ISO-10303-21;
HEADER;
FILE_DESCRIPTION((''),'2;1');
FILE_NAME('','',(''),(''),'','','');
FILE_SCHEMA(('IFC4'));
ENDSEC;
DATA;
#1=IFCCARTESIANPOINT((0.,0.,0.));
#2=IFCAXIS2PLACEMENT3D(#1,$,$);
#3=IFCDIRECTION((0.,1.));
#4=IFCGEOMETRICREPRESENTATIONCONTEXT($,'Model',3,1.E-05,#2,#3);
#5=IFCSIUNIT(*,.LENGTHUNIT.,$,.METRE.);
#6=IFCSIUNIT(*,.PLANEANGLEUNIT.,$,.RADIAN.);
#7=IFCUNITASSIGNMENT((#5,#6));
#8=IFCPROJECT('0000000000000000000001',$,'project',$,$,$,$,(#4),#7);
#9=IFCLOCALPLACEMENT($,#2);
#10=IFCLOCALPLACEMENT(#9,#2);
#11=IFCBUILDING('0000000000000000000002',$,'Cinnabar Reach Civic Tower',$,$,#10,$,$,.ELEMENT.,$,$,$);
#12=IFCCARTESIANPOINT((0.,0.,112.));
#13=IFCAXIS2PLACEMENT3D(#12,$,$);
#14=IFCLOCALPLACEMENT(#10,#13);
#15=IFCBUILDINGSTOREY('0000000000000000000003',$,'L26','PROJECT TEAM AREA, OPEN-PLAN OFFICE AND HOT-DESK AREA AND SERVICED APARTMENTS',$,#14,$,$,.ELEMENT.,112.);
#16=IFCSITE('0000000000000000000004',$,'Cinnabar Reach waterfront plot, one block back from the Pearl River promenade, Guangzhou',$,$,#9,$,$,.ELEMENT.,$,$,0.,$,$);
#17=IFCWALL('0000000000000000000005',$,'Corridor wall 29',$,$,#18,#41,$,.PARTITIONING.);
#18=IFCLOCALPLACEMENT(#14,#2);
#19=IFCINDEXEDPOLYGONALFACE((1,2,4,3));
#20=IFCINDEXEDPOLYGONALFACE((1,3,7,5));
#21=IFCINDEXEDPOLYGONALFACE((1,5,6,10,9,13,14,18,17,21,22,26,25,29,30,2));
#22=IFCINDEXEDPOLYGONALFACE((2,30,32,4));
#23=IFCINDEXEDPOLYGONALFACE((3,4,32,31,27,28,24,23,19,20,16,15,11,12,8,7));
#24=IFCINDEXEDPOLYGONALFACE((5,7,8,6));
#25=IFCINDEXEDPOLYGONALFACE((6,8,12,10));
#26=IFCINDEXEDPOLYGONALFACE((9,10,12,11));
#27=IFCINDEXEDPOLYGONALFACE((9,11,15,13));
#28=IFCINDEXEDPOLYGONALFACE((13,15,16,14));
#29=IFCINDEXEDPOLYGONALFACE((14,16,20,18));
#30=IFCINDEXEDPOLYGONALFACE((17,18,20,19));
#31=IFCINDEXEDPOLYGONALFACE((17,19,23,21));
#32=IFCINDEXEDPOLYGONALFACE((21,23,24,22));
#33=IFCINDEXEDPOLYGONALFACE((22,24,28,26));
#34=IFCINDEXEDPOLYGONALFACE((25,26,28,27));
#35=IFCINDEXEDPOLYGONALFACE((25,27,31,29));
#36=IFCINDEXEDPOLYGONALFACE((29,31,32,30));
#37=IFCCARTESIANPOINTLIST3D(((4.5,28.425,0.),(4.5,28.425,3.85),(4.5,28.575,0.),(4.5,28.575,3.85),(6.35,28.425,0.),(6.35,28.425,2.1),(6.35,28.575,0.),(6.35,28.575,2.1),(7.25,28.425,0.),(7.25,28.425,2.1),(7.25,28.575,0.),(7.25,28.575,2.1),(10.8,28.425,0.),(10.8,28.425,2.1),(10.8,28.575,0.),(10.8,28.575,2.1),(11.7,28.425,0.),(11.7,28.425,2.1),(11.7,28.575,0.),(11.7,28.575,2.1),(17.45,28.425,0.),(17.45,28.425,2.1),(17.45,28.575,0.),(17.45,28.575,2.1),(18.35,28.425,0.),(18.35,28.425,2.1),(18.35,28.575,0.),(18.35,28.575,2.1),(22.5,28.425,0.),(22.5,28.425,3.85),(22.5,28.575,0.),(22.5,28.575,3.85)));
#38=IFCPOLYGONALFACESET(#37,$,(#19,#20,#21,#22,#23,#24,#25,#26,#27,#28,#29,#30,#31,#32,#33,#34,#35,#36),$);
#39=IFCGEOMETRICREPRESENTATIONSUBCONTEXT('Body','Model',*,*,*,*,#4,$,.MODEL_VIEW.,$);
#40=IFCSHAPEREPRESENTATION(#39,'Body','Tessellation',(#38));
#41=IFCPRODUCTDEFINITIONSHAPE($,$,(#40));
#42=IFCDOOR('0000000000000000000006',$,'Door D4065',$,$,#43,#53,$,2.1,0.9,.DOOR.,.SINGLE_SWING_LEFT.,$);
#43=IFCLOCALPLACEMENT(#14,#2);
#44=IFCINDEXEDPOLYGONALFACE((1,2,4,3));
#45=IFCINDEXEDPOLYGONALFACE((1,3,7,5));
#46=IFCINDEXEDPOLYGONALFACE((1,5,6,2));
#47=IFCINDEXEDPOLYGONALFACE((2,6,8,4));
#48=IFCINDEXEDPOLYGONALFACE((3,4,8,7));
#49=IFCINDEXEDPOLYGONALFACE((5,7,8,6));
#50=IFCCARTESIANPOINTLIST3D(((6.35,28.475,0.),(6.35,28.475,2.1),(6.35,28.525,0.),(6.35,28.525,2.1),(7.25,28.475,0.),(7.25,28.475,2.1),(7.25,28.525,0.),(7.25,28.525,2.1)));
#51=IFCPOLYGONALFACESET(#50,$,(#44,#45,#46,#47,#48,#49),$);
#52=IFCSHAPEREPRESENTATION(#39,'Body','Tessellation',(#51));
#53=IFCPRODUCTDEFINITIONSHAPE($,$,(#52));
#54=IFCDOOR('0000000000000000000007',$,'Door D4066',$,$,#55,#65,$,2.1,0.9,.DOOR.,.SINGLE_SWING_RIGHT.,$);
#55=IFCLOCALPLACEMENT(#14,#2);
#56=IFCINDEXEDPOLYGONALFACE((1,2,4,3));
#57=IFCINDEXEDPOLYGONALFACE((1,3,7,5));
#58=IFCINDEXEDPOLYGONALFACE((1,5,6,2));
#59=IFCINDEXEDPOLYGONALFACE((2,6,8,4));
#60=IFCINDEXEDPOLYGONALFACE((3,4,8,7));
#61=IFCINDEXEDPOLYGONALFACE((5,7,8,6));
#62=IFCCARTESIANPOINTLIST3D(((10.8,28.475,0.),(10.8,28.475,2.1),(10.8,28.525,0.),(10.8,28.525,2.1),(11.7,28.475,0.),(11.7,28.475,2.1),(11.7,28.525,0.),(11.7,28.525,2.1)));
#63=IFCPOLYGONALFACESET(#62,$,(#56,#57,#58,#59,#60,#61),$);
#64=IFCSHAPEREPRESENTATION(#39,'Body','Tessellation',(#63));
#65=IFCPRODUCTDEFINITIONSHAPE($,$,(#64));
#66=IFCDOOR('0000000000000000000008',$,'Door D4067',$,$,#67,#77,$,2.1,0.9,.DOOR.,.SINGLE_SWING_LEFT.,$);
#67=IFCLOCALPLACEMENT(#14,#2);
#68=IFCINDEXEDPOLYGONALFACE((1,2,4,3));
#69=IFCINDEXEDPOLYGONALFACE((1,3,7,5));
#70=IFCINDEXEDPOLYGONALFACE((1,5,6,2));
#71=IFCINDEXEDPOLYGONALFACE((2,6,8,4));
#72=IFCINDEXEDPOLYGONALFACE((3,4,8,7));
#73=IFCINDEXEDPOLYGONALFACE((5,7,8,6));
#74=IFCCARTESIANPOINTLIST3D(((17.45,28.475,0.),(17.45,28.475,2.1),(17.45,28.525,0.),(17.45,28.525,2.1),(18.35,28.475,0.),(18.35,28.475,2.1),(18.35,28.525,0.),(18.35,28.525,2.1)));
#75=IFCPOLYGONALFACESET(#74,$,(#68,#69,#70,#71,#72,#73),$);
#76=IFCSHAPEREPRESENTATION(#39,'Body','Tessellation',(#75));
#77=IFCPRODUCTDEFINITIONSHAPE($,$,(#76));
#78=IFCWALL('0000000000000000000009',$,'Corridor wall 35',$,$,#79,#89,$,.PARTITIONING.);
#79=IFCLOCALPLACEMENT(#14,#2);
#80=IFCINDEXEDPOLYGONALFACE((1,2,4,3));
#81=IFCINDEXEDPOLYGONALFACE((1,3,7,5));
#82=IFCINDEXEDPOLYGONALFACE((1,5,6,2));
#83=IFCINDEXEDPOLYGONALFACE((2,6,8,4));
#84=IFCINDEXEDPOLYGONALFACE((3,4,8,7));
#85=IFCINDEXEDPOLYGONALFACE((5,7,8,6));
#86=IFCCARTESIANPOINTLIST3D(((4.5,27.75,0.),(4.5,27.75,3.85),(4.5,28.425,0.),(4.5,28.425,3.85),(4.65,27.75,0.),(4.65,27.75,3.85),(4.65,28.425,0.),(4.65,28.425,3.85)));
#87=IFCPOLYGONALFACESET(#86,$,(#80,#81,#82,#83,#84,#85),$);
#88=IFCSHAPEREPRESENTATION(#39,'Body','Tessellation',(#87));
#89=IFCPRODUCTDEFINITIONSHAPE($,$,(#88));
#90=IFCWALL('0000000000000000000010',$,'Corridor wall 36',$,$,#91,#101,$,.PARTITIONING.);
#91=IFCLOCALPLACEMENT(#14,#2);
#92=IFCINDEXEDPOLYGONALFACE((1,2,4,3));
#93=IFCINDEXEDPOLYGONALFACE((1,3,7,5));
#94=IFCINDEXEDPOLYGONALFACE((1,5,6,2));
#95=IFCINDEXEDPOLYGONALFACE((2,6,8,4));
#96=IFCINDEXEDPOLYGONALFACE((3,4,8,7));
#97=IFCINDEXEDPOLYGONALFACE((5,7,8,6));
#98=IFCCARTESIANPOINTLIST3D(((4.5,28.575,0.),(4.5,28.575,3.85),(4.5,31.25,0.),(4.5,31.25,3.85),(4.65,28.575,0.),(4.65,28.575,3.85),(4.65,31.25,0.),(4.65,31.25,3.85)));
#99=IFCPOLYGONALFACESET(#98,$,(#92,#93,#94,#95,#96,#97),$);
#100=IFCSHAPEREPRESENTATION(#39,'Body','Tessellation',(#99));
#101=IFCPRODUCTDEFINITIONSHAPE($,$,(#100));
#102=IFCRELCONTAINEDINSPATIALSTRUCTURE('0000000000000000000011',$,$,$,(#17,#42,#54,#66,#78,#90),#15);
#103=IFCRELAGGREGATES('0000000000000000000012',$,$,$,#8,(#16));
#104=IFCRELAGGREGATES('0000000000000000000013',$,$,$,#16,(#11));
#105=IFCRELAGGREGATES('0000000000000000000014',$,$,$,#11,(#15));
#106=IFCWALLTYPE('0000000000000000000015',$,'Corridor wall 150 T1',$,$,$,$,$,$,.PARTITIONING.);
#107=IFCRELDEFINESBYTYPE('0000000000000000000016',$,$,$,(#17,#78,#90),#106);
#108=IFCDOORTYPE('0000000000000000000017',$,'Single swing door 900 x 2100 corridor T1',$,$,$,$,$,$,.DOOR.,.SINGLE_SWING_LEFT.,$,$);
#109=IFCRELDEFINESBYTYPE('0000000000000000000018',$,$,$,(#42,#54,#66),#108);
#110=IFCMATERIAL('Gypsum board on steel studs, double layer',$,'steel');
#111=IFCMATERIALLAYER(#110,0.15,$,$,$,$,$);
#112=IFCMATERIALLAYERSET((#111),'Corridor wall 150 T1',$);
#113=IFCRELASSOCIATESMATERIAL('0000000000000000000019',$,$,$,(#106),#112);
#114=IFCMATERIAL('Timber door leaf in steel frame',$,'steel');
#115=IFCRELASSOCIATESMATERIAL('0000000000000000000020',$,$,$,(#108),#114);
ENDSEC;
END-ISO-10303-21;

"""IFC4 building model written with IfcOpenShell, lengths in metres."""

from ifc_helpers import new_model, si_unit, direction, frame, frame_2d, origin, place, context, subcontext, project, spatial, rectangle, extrude, material, layer, layer_set, type_object, element, fill, save


model = new_model("IFC4")

# Units and contexts
model_context = context("Model", 3, precision=1e-05, world=origin(), true_north=direction((0.0, 1.0)))
body_context = subcontext(model_context, "Body", "Model", "MODEL_VIEW")
ifc_project = project(units=[si_unit("LENGTHUNIT", "METRE"), si_unit("PLANEANGLEUNIT", "RADIAN")], contexts=[model_context])

# Site, building, storey
site_placement = place(None, origin())
site = spatial("IfcSite", under=ifc_project, at=site_placement, Name="Cinnabar Reach waterfront plot, one block back from the Pearl River promenade, Guangzhou", CompositionType="ELEMENT", RefElevation=0.0)
building_placement = place(site_placement, origin())
building = spatial("IfcBuilding", under=site, at=building_placement, Name="Cinnabar Reach Civic Tower", CompositionType="ELEMENT")
storey_placement = place(building_placement, frame((0.0, 0.0, 112.0)))
storey = spatial("IfcBuildingStorey", under=building, at=storey_placement, Name="L26", Description="PROJECT TEAM AREA, OPEN-PLAN OFFICE AND HOT-DESK AREA AND SERVICED APARTMENTS", CompositionType="ELEMENT", Elevation=112.0)

# Shared definitions
ifc_material_1 = material(Name="Timber door leaf in steel frame", Category="steel")

# Wall, openings, doors
ifc_material_2 = material(Name="Gypsum board on steel studs, double layer", Category="steel")
ifc_layer_1 = layer(ifc_material_2, 0.15)
ifc_layer_set_1 = layer_set([ifc_layer_1], Name="Corridor wall 150 T1")
wall_type_1 = type_object("IfcWallType", Name="Corridor wall 150 T1", PredefinedType="PARTITIONING", material=ifc_layer_set_1)
wall_1_placement = place(storey_placement, frame((4.5, 28.5, 0.0), z_axis=(0.0, 0.0, 1.0), x_axis=(1.0, 0.0, 0.0)))
wall_1 = element("IfcWall", 1, at=wall_1_placement, inside=storey, type_object=wall_type_1, Name="Corridor wall 29", PredefinedType="PARTITIONING", context=body_context, shape_type="SweptSolid", body=[
    extrude(rectangle(XDim=18.0, YDim=0.15, at=frame_2d((9.0, 0.0))), origin(), (0.0, 0.0, 1.0), 3.85),
])
opening_1_placement = place(wall_1_placement, frame((1.85, 0.0, 0.0)))
opening_1 = element("IfcOpeningElement", 2, at=opening_1_placement, cuts=wall_1, PredefinedType="OPENING", context=body_context, shape_type="SweptSolid", body=[
    extrude(rectangle(XDim=0.9, YDim=2.1, at=frame_2d((0.45, 1.05))), frame((0.0, 0.085, 0.0), z_axis=(0.0, -1.0, 0.0), x_axis=(1.0, 0.0, 0.0)), (0.0, 0.0, 1.0), 0.17),
])
opening_2_placement = place(wall_1_placement, frame((6.3, 0.0, 0.0)))
opening_2 = element("IfcOpeningElement", 3, at=opening_2_placement, cuts=wall_1, PredefinedType="OPENING", context=body_context, shape_type="SweptSolid", body=[
    extrude(rectangle(XDim=0.9, YDim=2.1, at=frame_2d((0.45, 1.05))), frame((0.0, 0.085, 0.0), z_axis=(0.0, -1.0, 0.0), x_axis=(1.0, 0.0, 0.0)), (0.0, 0.0, 1.0), 0.17),
])
opening_3_placement = place(wall_1_placement, frame((12.95, 0.0, 0.0)))
opening_3 = element("IfcOpeningElement", 4, at=opening_3_placement, cuts=wall_1, PredefinedType="OPENING", context=body_context, shape_type="SweptSolid", body=[
    extrude(rectangle(XDim=0.9, YDim=2.1, at=frame_2d((0.45, 1.05))), frame((0.0, 0.085, 0.0), z_axis=(0.0, -1.0, 0.0), x_axis=(1.0, 0.0, 0.0)), (0.0, 0.0, 1.0), 0.17),
])
door_type_1 = type_object("IfcDoorType", Name="Single swing door 900 x 2100 corridor T1", OperationType="SINGLE_SWING_LEFT", PredefinedType="DOOR", material=ifc_material_1)
door_1_placement = place(opening_1_placement, origin())
door_1 = element("IfcDoor", 5, at=door_1_placement, inside=storey, type_object=door_type_1, Name="Door D4065", OperationType="SINGLE_SWING_LEFT", OverallHeight=2.1, OverallWidth=0.9, PredefinedType="DOOR", context=body_context, shape_type="SweptSolid", body=[
    extrude(rectangle(XDim=0.9, YDim=2.1, at=frame_2d((0.45, 1.05))), frame((0.0, 0.025, 0.0), z_axis=(0.0, -1.0, 0.0), x_axis=(1.0, 0.0, 0.0)), (0.0, 0.0, 1.0), 0.05),
])
fill(opening_1, door_1)
door_2_placement = place(opening_2_placement, origin())
door_2 = element("IfcDoor", 6, at=door_2_placement, inside=storey, type_object=door_type_1, Name="Door D4066", OperationType="SINGLE_SWING_RIGHT", OverallHeight=2.1, OverallWidth=0.9, PredefinedType="DOOR", context=body_context, shape_type="SweptSolid", body=[
    extrude(rectangle(XDim=0.9, YDim=2.1, at=frame_2d((0.45, 1.05))), frame((0.0, 0.025, 0.0), z_axis=(0.0, -1.0, 0.0), x_axis=(1.0, 0.0, 0.0)), (0.0, 0.0, 1.0), 0.05),
])
fill(opening_2, door_2)
door_3_placement = place(opening_3_placement, origin())
door_3 = element("IfcDoor", 7, at=door_3_placement, inside=storey, type_object=door_type_1, Name="Door D4067", OperationType="SINGLE_SWING_LEFT", OverallHeight=2.1, OverallWidth=0.9, PredefinedType="DOOR", context=body_context, shape_type="SweptSolid", body=[
    extrude(rectangle(XDim=0.9, YDim=2.1, at=frame_2d((0.45, 1.05))), frame((0.0, 0.025, 0.0), z_axis=(0.0, -1.0, 0.0), x_axis=(1.0, 0.0, 0.0)), (0.0, 0.0, 1.0), 0.05),
])
fill(opening_3, door_3)

# Walls
wall_2_placement = place(storey_placement, frame((4.575, 27.75, 0.0), z_axis=(0.0, 0.0, 1.0), x_axis=(0.0, 1.0, 0.0)))
element("IfcWall", 8, at=wall_2_placement, inside=storey, type_object=wall_type_1, Name="Corridor wall 35", PredefinedType="PARTITIONING", context=body_context, shape_type="SweptSolid", body=[
    extrude(rectangle(XDim=0.675, YDim=0.15, at=frame_2d((0.3375, 0.0))), origin(), (0.0, 0.0, 1.0), 3.85),
])
wall_3_placement = place(storey_placement, frame((4.575, 28.575, 0.0), z_axis=(0.0, 0.0, 1.0), x_axis=(0.0, 1.0, 0.0)))
element("IfcWall", 9, at=wall_3_placement, inside=storey, type_object=wall_type_1, Name="Corridor wall 36", PredefinedType="PARTITIONING", context=body_context, shape_type="SweptSolid", body=[
    extrude(rectangle(XDim=2.675, YDim=0.15, at=frame_2d((1.3375, 0.0))), origin(), (0.0, 0.0, 1.0), 3.85),
])

save(model, "model.ifc")
